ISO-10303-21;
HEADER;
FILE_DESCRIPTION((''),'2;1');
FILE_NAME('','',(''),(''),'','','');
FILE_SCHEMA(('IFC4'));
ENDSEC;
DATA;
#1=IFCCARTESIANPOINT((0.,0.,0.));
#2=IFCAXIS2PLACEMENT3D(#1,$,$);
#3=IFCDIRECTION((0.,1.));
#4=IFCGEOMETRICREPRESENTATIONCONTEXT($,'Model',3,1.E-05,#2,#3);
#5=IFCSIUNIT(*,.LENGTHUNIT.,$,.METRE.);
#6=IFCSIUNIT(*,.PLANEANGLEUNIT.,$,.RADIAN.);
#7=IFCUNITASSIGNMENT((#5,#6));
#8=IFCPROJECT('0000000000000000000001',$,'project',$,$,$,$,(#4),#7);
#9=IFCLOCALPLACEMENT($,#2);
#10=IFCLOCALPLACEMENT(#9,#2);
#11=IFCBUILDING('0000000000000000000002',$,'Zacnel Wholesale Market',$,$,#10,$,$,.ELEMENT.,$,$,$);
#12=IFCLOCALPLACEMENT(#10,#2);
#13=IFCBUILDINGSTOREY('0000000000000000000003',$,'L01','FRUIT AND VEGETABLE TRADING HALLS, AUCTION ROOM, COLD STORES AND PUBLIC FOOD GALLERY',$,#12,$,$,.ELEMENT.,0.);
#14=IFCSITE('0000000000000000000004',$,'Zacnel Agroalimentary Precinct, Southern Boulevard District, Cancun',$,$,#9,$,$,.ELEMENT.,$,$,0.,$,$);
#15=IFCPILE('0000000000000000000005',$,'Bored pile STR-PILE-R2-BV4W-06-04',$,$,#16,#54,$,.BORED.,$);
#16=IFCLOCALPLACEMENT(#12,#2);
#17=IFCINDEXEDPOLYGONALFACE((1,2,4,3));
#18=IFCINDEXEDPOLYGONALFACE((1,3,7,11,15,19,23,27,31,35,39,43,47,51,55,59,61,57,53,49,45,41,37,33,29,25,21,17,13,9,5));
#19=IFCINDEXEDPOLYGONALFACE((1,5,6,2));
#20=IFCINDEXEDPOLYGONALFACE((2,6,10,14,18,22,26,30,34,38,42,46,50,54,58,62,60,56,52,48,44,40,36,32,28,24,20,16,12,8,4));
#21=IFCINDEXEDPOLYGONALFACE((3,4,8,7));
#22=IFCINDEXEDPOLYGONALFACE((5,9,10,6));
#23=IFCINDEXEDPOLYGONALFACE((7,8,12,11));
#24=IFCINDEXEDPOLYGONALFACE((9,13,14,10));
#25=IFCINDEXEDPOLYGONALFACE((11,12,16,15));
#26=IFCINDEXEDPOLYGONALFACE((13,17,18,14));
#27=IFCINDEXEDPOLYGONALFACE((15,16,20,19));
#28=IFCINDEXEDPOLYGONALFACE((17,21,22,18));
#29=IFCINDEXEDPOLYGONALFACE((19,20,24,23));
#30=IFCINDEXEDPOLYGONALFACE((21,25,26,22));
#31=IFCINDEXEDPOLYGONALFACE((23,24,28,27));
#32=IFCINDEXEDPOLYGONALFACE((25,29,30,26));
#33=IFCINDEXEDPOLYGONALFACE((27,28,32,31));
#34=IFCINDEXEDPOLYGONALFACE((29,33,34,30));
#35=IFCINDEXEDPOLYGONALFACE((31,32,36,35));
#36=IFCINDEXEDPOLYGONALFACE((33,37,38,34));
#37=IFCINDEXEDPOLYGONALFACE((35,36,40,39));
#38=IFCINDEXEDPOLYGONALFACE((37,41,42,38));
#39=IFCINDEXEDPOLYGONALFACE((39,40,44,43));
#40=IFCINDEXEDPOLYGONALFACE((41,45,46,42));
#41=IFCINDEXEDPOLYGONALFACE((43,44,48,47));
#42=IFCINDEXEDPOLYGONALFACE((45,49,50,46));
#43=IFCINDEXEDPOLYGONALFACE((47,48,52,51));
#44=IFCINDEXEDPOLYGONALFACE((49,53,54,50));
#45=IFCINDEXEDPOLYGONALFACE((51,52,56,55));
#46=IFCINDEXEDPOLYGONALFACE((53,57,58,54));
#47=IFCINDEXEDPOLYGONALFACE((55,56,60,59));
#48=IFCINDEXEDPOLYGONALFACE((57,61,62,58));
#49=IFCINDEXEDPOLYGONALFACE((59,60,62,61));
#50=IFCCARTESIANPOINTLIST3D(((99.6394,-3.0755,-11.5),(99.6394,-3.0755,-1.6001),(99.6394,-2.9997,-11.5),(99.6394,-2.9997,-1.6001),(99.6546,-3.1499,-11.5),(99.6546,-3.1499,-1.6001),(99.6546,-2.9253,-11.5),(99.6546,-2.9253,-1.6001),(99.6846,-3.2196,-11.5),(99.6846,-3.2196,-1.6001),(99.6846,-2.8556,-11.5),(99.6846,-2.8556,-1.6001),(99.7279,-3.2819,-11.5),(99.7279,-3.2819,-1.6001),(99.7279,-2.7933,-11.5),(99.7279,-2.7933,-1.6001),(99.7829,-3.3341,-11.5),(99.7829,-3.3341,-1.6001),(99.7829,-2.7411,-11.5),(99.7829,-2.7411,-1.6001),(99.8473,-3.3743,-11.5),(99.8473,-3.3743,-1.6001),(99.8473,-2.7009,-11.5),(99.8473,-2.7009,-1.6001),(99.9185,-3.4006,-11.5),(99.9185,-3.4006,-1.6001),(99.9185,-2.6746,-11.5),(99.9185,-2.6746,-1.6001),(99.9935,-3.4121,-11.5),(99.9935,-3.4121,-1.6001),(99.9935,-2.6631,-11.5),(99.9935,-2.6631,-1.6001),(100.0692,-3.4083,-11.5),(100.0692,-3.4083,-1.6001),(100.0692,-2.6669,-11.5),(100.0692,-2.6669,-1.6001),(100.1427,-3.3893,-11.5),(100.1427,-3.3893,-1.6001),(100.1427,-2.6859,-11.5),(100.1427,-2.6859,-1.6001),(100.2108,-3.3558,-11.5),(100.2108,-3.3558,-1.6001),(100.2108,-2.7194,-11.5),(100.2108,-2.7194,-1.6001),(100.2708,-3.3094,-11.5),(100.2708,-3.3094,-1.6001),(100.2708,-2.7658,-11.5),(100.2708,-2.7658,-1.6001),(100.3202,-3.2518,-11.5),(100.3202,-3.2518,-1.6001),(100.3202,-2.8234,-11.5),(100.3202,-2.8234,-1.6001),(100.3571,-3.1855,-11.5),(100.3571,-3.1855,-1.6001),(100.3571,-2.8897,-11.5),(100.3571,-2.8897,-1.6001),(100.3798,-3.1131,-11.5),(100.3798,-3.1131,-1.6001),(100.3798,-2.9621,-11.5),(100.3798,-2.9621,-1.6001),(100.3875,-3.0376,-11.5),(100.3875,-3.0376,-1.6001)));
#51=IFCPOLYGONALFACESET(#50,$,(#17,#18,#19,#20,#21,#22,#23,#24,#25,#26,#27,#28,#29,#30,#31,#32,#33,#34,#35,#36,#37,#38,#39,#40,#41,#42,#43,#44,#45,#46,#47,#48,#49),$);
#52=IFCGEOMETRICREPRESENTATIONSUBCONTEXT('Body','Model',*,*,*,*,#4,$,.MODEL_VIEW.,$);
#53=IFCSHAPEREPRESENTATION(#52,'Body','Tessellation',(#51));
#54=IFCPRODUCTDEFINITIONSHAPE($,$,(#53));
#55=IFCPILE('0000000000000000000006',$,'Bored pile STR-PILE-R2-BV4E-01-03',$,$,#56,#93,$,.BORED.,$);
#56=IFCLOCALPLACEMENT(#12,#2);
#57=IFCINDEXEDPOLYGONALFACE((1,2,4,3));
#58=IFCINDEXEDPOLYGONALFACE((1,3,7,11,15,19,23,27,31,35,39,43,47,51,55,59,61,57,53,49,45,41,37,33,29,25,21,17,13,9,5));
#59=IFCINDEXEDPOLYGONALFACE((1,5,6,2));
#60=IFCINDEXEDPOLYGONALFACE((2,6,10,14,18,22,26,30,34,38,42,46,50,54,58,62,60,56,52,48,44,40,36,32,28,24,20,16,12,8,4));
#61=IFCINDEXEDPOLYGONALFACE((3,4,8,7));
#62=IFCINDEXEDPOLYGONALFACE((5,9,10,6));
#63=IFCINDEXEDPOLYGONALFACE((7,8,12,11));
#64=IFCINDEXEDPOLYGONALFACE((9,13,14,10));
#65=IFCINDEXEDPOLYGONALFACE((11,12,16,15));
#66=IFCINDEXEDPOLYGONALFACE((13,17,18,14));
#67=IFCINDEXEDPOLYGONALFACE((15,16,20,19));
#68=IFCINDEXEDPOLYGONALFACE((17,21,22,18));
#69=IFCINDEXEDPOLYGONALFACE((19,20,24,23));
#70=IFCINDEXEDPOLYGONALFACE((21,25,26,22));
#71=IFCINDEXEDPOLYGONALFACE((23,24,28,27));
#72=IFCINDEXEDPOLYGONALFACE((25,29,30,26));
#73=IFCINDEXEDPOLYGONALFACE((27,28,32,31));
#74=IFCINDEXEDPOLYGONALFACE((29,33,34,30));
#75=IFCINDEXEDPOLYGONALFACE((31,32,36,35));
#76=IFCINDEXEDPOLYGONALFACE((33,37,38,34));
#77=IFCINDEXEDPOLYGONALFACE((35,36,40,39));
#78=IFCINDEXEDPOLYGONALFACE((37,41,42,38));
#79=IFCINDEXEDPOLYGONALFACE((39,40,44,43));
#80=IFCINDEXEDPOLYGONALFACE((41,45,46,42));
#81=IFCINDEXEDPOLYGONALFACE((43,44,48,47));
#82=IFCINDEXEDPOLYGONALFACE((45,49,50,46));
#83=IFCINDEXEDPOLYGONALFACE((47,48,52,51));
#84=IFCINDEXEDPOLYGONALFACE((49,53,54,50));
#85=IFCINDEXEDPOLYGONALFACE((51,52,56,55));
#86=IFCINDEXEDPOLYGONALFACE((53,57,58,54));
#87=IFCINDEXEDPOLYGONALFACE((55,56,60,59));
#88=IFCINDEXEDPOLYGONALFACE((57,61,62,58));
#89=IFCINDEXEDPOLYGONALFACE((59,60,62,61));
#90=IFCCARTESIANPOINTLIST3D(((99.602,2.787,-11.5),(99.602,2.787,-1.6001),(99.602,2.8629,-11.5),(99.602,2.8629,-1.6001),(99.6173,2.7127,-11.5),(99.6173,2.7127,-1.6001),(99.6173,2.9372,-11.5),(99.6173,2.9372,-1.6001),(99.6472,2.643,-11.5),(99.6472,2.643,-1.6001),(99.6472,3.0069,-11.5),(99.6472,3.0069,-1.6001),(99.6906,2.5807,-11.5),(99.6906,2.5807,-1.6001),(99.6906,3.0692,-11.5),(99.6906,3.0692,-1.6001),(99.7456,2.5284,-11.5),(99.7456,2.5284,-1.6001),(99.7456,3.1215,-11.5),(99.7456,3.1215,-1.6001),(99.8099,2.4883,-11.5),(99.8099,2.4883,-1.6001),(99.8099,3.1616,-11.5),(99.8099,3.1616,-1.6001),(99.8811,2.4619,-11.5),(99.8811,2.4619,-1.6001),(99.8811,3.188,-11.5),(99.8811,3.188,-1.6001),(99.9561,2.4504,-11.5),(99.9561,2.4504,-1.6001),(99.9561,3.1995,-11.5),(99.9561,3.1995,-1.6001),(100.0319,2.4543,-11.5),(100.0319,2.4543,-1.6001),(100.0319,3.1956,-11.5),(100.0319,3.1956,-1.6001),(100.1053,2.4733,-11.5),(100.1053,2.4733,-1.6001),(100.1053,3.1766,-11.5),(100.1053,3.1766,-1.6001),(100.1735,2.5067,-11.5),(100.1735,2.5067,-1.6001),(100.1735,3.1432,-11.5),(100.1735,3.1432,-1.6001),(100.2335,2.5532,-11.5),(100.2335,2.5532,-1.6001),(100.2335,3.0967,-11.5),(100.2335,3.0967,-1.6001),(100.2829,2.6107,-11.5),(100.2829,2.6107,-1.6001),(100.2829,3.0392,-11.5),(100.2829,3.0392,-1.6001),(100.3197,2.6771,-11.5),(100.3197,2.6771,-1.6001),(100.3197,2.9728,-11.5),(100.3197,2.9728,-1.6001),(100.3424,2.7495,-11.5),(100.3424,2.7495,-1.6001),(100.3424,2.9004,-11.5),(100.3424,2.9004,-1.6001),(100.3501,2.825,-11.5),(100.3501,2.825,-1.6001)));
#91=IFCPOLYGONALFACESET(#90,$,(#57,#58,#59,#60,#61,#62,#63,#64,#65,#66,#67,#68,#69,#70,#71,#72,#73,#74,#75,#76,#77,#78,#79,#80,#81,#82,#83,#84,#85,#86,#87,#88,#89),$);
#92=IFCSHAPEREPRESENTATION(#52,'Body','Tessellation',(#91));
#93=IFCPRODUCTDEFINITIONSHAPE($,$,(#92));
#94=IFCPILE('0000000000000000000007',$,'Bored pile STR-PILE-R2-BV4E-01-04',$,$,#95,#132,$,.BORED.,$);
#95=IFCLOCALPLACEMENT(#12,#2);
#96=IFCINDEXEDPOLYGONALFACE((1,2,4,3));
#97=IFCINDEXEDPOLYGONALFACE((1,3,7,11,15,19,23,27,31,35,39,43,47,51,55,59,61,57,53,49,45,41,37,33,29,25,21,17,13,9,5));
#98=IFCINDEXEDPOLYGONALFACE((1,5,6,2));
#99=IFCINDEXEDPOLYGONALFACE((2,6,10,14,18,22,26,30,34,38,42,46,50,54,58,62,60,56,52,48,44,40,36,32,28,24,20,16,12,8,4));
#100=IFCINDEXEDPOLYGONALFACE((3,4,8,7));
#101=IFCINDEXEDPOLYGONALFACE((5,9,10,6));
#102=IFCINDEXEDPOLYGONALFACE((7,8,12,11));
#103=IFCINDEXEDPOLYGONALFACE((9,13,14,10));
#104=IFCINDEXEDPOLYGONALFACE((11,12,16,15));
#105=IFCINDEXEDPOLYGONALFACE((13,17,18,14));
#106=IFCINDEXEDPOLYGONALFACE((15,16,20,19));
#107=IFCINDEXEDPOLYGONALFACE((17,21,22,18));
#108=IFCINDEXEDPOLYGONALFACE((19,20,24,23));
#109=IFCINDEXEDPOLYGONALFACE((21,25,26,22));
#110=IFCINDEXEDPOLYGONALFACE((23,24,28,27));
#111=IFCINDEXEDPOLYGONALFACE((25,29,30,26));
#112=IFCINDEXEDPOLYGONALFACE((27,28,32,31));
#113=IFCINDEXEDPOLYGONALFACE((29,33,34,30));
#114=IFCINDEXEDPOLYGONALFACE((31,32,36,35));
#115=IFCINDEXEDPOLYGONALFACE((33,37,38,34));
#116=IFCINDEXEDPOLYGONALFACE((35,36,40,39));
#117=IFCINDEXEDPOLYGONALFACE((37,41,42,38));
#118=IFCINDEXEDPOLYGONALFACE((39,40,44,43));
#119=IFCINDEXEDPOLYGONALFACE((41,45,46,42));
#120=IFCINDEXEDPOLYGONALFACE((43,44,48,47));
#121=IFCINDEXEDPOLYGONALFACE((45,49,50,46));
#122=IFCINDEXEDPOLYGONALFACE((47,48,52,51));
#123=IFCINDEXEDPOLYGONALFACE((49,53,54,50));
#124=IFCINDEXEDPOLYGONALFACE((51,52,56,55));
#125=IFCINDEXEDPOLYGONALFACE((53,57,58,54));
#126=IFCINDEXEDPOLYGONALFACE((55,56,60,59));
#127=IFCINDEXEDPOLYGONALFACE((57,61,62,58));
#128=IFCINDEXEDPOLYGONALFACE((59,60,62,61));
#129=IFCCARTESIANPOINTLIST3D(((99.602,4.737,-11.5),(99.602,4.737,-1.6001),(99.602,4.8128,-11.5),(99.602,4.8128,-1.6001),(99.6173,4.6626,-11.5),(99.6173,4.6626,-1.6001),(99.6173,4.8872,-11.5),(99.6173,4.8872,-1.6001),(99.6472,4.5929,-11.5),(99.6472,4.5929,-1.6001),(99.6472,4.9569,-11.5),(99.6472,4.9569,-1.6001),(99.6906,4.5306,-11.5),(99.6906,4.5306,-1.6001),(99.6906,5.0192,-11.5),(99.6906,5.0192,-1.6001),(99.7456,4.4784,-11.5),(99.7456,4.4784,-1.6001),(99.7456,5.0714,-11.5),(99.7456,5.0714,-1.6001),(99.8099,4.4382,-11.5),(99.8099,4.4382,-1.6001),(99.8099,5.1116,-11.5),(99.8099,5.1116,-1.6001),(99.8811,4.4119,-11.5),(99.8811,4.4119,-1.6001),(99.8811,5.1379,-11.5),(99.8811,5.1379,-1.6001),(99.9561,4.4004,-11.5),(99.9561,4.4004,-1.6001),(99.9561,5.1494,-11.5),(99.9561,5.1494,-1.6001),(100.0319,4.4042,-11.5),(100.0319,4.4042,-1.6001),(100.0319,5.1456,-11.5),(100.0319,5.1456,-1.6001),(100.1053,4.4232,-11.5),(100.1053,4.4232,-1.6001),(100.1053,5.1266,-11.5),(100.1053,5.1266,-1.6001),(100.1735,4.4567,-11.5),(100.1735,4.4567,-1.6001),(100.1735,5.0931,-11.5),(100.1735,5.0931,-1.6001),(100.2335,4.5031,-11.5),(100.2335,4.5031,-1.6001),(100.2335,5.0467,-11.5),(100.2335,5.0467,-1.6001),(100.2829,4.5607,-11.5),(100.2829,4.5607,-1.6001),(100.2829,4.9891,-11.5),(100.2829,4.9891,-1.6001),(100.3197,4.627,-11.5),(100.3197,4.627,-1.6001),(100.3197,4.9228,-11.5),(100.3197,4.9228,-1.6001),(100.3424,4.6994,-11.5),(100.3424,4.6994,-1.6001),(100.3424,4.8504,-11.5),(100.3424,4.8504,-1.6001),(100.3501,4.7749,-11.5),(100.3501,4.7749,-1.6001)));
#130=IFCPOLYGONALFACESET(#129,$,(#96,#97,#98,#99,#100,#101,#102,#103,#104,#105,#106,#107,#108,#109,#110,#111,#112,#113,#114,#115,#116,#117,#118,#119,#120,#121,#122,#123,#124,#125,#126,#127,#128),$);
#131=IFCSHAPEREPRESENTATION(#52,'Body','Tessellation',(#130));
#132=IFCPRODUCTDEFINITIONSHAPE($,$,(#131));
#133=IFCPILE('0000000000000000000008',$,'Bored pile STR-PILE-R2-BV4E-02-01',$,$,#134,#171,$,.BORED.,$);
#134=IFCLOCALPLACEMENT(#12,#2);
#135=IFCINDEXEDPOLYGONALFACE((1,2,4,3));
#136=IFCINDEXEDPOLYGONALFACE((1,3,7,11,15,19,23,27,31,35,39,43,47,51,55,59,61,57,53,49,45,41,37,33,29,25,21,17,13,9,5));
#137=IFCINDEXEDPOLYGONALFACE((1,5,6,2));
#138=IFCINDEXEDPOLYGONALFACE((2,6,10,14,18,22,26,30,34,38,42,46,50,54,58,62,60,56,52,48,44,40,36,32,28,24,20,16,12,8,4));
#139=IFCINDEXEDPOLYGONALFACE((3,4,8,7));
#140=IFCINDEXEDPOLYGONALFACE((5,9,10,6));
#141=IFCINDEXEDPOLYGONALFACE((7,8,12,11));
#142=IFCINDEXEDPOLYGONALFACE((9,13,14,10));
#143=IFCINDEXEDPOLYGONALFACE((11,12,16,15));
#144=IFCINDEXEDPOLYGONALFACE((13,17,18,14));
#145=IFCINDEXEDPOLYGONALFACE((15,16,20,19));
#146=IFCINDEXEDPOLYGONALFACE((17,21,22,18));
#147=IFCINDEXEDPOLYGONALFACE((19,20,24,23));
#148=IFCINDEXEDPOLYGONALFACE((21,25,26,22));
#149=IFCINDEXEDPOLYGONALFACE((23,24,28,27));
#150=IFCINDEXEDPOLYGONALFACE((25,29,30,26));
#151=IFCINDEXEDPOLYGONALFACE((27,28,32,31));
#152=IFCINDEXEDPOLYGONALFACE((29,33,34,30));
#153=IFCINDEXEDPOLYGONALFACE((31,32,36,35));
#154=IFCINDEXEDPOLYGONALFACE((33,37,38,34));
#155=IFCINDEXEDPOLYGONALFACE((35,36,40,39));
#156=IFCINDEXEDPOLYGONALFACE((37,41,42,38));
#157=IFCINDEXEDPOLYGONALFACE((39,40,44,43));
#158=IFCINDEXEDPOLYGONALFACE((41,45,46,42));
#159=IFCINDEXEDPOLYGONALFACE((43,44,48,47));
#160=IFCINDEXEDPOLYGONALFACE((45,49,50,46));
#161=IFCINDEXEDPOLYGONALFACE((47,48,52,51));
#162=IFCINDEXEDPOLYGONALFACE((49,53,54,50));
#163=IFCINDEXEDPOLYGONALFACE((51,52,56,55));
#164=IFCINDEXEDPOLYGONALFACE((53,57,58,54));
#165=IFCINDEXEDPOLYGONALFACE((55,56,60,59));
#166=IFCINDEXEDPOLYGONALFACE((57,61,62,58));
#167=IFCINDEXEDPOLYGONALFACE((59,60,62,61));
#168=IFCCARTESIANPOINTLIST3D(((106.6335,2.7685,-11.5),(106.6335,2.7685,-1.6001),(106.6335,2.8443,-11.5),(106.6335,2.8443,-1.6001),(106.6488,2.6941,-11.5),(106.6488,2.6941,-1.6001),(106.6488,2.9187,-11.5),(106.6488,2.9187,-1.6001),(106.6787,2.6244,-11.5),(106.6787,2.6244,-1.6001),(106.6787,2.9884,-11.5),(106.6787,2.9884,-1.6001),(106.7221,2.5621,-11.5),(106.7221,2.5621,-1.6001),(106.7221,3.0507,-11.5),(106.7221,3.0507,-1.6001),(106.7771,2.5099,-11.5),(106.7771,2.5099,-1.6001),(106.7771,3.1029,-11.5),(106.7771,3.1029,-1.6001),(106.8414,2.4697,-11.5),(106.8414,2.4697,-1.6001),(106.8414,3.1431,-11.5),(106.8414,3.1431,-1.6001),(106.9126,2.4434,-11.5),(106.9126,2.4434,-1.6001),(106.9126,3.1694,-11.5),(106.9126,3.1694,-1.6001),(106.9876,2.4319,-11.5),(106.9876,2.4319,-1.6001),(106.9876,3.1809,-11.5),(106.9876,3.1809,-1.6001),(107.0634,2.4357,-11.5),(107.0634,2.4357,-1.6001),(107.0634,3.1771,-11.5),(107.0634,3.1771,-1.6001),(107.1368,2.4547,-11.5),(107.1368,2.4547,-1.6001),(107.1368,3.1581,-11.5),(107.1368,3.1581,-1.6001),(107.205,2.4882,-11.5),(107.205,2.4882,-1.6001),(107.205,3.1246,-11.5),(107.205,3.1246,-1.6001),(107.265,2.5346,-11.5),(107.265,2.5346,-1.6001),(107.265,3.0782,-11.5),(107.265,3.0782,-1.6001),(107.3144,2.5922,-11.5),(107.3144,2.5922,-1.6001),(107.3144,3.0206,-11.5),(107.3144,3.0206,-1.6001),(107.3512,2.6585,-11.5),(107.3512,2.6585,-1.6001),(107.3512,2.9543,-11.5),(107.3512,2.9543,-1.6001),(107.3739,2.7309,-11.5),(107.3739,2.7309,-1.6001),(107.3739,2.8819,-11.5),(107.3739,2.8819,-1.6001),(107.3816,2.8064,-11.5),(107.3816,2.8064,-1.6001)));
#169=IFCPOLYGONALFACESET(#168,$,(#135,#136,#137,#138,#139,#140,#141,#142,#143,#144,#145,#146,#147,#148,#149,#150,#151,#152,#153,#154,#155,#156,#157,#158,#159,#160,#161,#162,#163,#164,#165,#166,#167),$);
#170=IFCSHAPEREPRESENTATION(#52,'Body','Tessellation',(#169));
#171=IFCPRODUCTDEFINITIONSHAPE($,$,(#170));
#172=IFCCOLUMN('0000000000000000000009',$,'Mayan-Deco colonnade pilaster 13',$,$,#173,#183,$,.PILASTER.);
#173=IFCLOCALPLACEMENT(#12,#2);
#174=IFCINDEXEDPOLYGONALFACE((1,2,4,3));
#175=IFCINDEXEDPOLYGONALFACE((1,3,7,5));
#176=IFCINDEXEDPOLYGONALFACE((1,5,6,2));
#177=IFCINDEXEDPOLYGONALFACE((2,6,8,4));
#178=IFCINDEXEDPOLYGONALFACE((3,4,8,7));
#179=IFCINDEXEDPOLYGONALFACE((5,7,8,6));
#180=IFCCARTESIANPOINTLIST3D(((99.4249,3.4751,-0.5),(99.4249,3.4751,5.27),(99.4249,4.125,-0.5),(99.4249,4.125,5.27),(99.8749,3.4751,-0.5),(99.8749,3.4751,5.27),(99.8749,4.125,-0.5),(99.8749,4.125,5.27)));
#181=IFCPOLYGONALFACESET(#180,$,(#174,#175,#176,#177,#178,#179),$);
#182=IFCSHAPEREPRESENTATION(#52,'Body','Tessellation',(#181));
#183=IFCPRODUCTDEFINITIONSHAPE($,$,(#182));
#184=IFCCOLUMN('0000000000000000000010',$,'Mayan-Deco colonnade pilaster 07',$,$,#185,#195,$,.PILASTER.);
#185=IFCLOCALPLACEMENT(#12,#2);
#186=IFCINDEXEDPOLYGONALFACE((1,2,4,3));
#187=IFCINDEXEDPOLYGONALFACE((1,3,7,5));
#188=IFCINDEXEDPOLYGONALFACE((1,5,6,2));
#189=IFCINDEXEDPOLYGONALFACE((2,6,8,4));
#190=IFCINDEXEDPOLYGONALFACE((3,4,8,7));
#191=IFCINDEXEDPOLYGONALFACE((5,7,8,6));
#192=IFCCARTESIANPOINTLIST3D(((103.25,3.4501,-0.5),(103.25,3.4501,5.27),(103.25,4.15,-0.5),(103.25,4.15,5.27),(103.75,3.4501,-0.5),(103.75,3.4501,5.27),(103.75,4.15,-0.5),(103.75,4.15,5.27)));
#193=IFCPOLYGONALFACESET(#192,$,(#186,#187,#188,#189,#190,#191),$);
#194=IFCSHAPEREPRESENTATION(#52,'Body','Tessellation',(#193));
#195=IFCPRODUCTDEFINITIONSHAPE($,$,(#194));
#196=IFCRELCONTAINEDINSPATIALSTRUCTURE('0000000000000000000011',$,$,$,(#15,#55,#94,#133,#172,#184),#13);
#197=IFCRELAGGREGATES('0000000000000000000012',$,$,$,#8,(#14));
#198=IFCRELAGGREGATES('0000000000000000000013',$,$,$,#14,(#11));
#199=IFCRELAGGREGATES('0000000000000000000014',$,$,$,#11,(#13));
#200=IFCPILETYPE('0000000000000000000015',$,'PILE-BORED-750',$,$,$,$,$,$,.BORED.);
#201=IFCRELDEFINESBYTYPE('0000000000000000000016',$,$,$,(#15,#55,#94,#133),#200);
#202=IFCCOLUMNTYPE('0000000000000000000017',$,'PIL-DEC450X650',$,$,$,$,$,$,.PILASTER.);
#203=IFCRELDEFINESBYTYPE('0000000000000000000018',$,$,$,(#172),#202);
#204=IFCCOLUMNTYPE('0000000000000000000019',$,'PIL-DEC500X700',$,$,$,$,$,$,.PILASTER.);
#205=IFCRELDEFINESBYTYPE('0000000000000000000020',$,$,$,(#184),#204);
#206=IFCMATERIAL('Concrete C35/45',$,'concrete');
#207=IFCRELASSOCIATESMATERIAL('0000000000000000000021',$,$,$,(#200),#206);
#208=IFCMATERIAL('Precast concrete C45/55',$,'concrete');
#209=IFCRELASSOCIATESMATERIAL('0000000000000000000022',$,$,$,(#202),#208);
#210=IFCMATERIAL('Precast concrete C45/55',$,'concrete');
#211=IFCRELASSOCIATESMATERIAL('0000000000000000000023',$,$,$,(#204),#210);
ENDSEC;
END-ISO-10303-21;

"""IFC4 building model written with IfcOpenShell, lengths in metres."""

from ifc_helpers import new_model, si_unit, direction, frame, origin, origin_2d, place, context, subcontext, project, spatial, rectangle, circle, extrude, material, material_profile, profile_set, type_object, element, save


model = new_model("IFC4")

# Units and contexts
model_context = context("Model", 3, precision=1e-05, world=origin(), true_north=direction((0.0, 1.0)))
body_context = subcontext(model_context, "Body", "Model", "MODEL_VIEW")
ifc_project = project(units=[si_unit("LENGTHUNIT", "METRE"), si_unit("PLANEANGLEUNIT", "RADIAN")], contexts=[model_context])

# Site, building, storey
site_placement = place(None, origin())
site = spatial("IfcSite", under=ifc_project, at=site_placement, Name="Zacnel Agroalimentary Precinct, Southern Boulevard District, Cancun", CompositionType="ELEMENT", RefElevation=0.0)
building_placement = place(site_placement, origin())
building = spatial("IfcBuilding", under=site, at=building_placement, Name="Zacnel Wholesale Market", CompositionType="ELEMENT")
storey_placement = place(building_placement, origin())
storey = spatial("IfcBuildingStorey", under=building, at=storey_placement, Name="L01", Description="FRUIT AND VEGETABLE TRADING HALLS, AUCTION ROOM, COLD STORES AND PUBLIC FOOD GALLERY", CompositionType="ELEMENT", Elevation=0.0)

# Piles
ifc_material_1 = material(Name="Concrete C35/45", Category="concrete")
ifc_material_profile_1 = material_profile(ifc_material_1, circle(Radius=0.375, at=origin_2d()), Name="BORED PILE D750")
ifc_profile_set_1 = profile_set([ifc_material_profile_1], Name="Concrete C35/45")
pile_type = type_object("IfcPileType", Name="PILE-BORED-750", PredefinedType="BORED", material=ifc_profile_set_1)
for number, where, z_axis, x_axis, name in (
    (1, (100.0125, -3.0376, -1.6001), (0.0, 0.0, -1.0), (1.0, 0.0, 0.0), "Bored pile STR-PILE-R2-BV4W-06-04"),
    (2, (99.9751, 2.825, -1.6001), (0.0, 0.0, -1.0), (1.0, 0.0, 0.0), "Bored pile STR-PILE-R2-BV4E-01-03"),
    (3, (99.9751, 4.7749, -1.6001), (0.0, 0.0, -1.0), (1.0, 0.0, 0.0), "Bored pile STR-PILE-R2-BV4E-01-04"),
    (4, (107.0066, 2.8064, -1.6001), (0.0, 0.0, -1.0), (1.0, 0.0, 0.0), "Bored pile STR-PILE-R2-BV4E-02-01"),
):
    element("IfcPile", number, at=place(storey_placement, frame(where, z_axis=z_axis, x_axis=x_axis)), inside=storey, type_object=pile_type, Name=name, PredefinedType="BORED", context=body_context, shape_type="SweptSolid", body=[
        extrude(circle(Radius=0.375, at=origin_2d()), origin(), (0.0, 0.0, 1.0), 9.8999),
    ])

# Columns
ifc_material_2 = material(Name="Precast concrete C45/55", Category="concrete")
ifc_material_profile_2 = material_profile(ifc_material_2, rectangle(XDim=0.45, YDim=0.6499, at=origin_2d()), Name="PIL 450x650")
ifc_profile_set_2 = profile_set([ifc_material_profile_2], Name="Precast concrete C45/55")
column_type_1 = type_object("IfcColumnType", Name="PIL-DEC450X650", PredefinedType="PILASTER", material=ifc_profile_set_2)
column_1_placement = place(storey_placement, frame((99.6499, 3.8, -0.5), z_axis=(0.0, 0.0, 1.0), x_axis=(1.0, 0.0, 0.0)))
element("IfcColumn", 5, at=column_1_placement, inside=storey, type_object=column_type_1, Name="Mayan-Deco colonnade pilaster 13", PredefinedType="PILASTER", context=body_context, shape_type="SweptSolid", body=[
    extrude(rectangle(XDim=0.45, YDim=0.6499, at=origin_2d()), origin(), (0.0, 0.0, 1.0), 5.77),
])
ifc_material_3 = material(Name="Precast concrete C45/55", Category="concrete")
ifc_material_profile_3 = material_profile(ifc_material_3, rectangle(XDim=0.5, YDim=0.7, at=origin_2d()), Name="PIL 500x700")
ifc_profile_set_3 = profile_set([ifc_material_profile_3], Name="Precast concrete C45/55")
column_type_2 = type_object("IfcColumnType", Name="PIL-DEC500X700", PredefinedType="PILASTER", material=ifc_profile_set_3)
column_2_placement = place(storey_placement, frame((103.5, 3.8, -0.5), z_axis=(0.0, 0.0, 1.0), x_axis=(1.0, 0.0, 0.0)))
element("IfcColumn", 6, at=column_2_placement, inside=storey, type_object=column_type_2, Name="Mayan-Deco colonnade pilaster 07", PredefinedType="PILASTER", context=body_context, shape_type="SweptSolid", body=[
    extrude(rectangle(XDim=0.5, YDim=0.7, at=origin_2d()), origin(), (0.0, 0.0, 1.0), 5.77),
])

save(model, "model.ifc")
